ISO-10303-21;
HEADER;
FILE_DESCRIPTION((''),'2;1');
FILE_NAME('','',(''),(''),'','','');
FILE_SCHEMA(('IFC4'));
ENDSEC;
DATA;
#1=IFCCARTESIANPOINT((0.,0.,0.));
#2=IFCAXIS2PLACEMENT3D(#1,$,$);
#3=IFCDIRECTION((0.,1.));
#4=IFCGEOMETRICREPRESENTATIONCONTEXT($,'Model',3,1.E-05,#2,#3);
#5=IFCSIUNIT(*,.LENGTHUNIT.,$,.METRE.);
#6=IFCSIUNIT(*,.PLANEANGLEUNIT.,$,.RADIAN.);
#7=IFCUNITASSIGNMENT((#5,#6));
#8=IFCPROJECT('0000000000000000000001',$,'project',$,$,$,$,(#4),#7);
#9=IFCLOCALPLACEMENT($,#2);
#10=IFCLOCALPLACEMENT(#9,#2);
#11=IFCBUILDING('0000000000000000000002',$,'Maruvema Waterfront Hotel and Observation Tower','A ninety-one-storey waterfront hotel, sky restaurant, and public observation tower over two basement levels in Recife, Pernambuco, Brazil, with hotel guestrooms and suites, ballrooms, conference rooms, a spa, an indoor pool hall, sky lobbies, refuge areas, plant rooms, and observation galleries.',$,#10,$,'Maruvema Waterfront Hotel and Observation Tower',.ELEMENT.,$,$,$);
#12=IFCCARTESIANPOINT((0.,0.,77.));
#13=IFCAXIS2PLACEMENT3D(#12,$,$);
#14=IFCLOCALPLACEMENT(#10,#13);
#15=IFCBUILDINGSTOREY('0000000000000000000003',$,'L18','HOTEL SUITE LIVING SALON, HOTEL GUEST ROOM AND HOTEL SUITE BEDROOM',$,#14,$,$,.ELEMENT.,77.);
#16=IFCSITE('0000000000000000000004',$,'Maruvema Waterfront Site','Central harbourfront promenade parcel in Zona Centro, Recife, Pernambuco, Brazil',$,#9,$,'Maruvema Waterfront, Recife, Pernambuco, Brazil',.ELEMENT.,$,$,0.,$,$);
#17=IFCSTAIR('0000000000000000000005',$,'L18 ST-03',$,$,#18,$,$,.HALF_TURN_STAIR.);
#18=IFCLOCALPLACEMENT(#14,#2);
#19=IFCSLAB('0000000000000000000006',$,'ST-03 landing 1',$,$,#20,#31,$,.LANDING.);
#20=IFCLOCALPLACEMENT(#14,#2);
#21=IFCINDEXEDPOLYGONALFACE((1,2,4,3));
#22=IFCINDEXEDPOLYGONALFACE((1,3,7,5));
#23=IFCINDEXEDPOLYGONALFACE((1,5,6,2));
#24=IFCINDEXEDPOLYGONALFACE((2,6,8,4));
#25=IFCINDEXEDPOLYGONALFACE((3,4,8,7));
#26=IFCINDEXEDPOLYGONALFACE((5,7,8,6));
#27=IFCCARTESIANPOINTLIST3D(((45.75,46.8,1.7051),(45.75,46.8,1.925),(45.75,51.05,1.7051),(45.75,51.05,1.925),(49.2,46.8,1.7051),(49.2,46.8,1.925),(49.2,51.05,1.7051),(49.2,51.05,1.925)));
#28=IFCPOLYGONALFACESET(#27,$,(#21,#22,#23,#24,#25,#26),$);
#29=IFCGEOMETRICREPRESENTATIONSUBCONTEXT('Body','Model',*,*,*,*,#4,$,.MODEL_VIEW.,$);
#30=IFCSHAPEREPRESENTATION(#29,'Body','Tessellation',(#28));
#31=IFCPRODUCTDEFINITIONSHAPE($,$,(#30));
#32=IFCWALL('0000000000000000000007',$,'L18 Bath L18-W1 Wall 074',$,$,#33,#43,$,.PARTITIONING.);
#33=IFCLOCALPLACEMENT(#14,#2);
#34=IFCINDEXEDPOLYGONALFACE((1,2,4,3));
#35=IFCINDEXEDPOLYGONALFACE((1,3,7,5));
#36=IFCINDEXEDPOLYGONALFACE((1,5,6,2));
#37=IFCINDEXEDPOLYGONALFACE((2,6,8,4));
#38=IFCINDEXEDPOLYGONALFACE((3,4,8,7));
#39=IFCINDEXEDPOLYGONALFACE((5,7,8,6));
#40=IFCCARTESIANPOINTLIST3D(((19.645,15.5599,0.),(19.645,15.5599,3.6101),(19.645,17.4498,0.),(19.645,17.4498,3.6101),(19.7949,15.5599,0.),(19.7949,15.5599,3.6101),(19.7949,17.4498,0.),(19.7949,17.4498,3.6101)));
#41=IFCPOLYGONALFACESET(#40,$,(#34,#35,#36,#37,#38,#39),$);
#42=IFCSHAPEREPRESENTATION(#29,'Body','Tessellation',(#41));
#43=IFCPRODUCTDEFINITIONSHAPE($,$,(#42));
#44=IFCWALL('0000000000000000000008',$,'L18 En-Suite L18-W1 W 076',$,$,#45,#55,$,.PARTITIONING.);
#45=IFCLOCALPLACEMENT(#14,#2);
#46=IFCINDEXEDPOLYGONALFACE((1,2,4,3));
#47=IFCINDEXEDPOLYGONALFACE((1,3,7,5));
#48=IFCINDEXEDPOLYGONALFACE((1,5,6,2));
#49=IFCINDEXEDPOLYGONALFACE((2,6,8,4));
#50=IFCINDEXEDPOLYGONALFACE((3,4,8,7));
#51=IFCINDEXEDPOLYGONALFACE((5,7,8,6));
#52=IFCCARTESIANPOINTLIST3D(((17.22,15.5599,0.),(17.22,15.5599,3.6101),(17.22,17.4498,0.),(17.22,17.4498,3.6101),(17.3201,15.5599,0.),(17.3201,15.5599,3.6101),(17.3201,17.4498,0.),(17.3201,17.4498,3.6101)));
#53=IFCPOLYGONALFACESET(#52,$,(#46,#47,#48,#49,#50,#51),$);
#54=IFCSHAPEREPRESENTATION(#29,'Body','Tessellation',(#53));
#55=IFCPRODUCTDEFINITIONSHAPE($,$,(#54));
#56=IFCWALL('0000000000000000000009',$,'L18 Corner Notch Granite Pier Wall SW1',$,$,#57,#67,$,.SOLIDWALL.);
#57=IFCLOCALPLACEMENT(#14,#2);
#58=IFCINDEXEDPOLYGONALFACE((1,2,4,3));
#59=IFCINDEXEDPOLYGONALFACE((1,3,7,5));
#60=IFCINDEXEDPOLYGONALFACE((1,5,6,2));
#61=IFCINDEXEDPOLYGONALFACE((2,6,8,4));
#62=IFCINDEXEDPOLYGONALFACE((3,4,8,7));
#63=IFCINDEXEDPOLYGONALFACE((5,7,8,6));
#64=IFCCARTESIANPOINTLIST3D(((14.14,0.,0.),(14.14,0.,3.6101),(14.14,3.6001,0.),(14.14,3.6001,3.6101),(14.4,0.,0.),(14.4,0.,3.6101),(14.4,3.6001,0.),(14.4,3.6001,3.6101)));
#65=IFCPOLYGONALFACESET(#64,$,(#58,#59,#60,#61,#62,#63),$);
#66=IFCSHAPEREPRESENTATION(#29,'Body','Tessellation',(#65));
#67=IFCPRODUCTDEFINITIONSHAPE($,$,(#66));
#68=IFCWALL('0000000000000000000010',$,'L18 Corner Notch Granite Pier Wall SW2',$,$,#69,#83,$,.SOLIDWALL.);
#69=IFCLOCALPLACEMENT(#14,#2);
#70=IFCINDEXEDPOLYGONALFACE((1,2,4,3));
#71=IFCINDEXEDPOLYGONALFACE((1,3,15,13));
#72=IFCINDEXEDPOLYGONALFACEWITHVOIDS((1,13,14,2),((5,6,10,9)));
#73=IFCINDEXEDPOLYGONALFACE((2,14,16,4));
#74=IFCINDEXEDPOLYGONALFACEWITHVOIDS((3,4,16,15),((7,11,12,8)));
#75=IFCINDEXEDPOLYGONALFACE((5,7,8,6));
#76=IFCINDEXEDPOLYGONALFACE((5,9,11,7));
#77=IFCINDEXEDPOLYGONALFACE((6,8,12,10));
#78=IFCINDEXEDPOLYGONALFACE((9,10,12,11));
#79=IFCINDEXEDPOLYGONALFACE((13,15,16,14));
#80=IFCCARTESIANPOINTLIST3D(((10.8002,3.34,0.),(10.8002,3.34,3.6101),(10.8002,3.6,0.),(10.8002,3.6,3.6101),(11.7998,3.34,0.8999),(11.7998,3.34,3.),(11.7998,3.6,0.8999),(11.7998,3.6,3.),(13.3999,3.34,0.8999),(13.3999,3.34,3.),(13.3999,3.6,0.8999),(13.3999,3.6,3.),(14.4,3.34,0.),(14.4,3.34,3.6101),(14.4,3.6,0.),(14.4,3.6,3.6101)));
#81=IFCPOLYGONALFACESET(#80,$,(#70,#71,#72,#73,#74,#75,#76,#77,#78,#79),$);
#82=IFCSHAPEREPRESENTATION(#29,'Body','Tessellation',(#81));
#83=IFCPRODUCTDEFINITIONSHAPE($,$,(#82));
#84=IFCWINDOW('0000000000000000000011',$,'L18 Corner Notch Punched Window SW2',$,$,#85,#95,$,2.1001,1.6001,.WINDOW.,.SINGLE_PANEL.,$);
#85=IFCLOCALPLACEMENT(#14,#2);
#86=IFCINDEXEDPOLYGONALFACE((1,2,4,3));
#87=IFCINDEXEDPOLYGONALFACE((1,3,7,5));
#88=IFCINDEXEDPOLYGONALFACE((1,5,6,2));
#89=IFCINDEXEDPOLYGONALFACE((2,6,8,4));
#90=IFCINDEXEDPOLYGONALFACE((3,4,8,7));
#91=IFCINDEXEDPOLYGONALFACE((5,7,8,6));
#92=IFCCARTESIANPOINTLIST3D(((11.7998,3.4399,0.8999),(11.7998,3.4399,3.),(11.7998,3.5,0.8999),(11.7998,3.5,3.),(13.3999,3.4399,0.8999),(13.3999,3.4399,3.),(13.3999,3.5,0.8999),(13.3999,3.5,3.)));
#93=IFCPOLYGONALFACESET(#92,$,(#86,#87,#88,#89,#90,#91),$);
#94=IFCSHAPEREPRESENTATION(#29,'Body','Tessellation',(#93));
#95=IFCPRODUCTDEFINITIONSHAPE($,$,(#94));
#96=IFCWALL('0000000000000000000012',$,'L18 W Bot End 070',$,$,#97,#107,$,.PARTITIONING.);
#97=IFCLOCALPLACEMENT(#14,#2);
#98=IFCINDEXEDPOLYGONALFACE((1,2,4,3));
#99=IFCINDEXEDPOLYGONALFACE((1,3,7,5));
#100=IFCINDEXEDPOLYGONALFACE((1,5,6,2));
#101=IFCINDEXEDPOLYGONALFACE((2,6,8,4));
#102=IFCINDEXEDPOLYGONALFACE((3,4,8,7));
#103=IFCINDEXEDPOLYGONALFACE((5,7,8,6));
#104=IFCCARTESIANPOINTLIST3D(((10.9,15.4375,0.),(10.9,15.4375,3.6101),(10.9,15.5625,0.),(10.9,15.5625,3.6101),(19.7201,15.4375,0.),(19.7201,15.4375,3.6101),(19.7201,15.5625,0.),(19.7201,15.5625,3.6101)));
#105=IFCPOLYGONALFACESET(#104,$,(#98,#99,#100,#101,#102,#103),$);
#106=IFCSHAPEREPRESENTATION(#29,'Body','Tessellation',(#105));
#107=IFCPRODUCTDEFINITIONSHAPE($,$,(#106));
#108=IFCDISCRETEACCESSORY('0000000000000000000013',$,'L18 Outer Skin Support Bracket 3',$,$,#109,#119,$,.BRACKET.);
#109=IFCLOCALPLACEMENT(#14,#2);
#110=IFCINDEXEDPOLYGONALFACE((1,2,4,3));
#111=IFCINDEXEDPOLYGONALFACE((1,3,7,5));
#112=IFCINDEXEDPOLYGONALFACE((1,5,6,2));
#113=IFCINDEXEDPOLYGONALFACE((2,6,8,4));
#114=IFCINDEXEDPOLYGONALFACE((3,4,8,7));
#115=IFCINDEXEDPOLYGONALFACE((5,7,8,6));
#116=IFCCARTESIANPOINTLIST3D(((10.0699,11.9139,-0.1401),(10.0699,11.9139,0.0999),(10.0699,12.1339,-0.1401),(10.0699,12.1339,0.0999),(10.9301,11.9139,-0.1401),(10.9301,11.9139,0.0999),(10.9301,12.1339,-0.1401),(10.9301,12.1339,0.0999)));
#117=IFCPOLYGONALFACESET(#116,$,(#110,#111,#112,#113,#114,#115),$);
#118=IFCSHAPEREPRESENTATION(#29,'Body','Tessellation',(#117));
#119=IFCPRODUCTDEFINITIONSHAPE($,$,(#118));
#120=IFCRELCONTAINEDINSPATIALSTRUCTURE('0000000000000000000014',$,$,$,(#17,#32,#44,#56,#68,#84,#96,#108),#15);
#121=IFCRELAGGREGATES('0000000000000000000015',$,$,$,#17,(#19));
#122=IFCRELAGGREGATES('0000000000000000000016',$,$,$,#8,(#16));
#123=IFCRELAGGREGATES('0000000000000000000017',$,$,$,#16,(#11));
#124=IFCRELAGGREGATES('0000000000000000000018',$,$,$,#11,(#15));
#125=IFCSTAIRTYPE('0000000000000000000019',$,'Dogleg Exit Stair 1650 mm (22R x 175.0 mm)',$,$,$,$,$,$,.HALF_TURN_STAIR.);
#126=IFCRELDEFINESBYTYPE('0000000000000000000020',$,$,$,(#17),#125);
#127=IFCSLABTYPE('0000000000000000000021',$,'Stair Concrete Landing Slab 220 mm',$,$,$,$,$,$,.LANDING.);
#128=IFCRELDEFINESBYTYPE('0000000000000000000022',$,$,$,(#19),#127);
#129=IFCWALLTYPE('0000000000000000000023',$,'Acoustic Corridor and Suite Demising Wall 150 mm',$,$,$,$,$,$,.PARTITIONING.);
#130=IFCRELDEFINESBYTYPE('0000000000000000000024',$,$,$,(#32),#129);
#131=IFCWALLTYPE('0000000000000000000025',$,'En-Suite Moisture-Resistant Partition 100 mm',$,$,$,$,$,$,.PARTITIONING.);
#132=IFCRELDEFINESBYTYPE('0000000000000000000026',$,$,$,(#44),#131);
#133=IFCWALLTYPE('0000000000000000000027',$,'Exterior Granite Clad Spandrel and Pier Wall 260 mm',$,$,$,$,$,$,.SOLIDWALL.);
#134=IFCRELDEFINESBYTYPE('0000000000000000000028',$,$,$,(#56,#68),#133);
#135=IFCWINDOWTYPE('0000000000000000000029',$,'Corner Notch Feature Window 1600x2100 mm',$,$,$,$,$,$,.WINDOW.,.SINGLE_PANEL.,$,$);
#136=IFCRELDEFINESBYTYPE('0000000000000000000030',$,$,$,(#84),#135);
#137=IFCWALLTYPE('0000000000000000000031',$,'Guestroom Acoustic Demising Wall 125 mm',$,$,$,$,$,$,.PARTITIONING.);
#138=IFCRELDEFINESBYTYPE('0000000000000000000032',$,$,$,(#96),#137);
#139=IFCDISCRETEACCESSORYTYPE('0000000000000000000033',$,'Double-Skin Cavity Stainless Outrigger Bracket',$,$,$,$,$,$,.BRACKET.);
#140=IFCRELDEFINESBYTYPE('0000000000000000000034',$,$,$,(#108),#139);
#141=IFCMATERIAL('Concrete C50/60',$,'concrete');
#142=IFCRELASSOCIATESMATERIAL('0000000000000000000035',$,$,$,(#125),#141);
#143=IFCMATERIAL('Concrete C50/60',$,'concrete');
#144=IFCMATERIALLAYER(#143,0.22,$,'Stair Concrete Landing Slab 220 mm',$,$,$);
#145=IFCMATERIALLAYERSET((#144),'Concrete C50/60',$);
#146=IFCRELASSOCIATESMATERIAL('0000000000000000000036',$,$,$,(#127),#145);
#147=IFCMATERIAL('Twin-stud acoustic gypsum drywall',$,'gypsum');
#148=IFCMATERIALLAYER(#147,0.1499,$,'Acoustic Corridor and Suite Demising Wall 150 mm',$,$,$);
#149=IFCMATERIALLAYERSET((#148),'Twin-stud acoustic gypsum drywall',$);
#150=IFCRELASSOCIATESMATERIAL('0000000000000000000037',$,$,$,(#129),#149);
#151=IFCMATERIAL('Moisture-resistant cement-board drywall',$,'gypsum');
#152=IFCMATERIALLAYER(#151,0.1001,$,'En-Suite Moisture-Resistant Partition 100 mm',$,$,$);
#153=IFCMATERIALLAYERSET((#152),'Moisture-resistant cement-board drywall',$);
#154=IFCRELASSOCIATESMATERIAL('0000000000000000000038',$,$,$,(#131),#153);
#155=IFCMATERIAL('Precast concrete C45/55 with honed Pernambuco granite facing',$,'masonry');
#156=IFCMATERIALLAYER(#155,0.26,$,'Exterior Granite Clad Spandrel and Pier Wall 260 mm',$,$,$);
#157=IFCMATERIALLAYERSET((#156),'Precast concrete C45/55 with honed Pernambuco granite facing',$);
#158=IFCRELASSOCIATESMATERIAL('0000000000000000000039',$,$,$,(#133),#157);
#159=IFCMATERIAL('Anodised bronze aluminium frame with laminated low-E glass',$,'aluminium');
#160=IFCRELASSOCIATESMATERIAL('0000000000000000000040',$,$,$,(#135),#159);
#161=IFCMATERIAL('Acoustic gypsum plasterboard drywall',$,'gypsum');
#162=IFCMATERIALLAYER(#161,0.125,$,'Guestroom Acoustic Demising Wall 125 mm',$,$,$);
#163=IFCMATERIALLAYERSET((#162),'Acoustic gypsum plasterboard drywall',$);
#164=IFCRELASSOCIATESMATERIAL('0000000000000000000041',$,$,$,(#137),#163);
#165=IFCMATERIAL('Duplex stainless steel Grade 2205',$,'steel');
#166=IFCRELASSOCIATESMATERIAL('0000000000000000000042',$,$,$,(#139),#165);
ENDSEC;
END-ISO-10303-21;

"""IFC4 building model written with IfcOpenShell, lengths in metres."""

from ifc_helpers import new_model, si_unit, direction, frame, frame_2d, origin, origin_2d, place, context, subcontext, project, spatial, polyline, rectangle, outline, extrude, material, layer, layer_set, type_object, element, fill, aggregate, save


model = new_model("IFC4")

# Units and contexts
model_context = context("Model", 3, precision=1e-05, world=origin(), true_north=direction((0.0, 1.0)))
body_context = subcontext(model_context, "Body", "Model", "MODEL_VIEW")
ifc_project = project(units=[si_unit("LENGTHUNIT", "METRE"), si_unit("PLANEANGLEUNIT", "RADIAN")], contexts=[model_context])

# Site, building, storey
site_placement = place(None, origin())
site = spatial("IfcSite", under=ifc_project, at=site_placement, Name="Maruvema Waterfront Site", Description="Central harbourfront promenade parcel in Zona Centro, Recife, Pernambuco, Brazil", LongName="Maruvema Waterfront, Recife, Pernambuco, Brazil", CompositionType="ELEMENT", RefElevation=0.0)
building_placement = place(site_placement, origin())
building = spatial("IfcBuilding", under=site, at=building_placement, Name="Maruvema Waterfront Hotel and Observation Tower", Description="A ninety-one-storey waterfront hotel, sky restaurant, and public observation tower over two basement levels in Recife, Pernambuco, Brazil, with hotel guestrooms and suites, ballrooms, conference rooms, a spa, an indoor pool hall, sky lobbies, refuge areas, plant rooms, and observation galleries.", LongName="Maruvema Waterfront Hotel and Observation Tower", CompositionType="ELEMENT")
storey_placement = place(building_placement, frame((0.0, 0.0, 77.0)))
storey = spatial("IfcBuildingStorey", under=building, at=storey_placement, Name="L18", Description="HOTEL SUITE LIVING SALON, HOTEL GUEST ROOM AND HOTEL SUITE BEDROOM", CompositionType="ELEMENT", Elevation=77.0)

# Stair, slab
ifc_material_1 = material(Name="Concrete C50/60", Category="concrete")
stair_type = type_object("IfcStairType", Name="Dogleg Exit Stair 1650 mm (22R x 175.0 mm)", PredefinedType="HALF_TURN_STAIR", material=ifc_material_1)
ifc_material_2 = material(Name="Concrete C50/60", Category="concrete")
ifc_layer_1 = layer(ifc_material_2, 0.22, Name="Stair Concrete Landing Slab 220 mm")
ifc_layer_set_1 = layer_set([ifc_layer_1], Name="Concrete C50/60")
slab_type_1 = type_object("IfcSlabType", Name="Stair Concrete Landing Slab 220 mm", PredefinedType="LANDING", material=ifc_layer_set_1)
stair_1_placement = place(storey_placement, origin())
stair_1 = element("IfcStair", 1, at=stair_1_placement, inside=storey, type_object=stair_type, Name="L18 ST-03", PredefinedType="HALF_TURN_STAIR")
slab_1_placement = place(storey_placement, frame((0.0, 0.0, 1.7051)))
slab_1 = element("IfcSlab", 2, at=slab_1_placement, type_object=slab_type_1, Name="ST-03 landing 1", PredefinedType="LANDING", context=body_context, shape_type="SweptSolid", body=[
    extrude(outline(polyline([(49.2, 46.8), (49.2, 51.05), (45.75, 51.05), (45.75, 46.8), (49.2, 46.8)])), origin(), (0.0, 0.0, 1.0), 0.22),
])
aggregate(stair_1, [slab_1])

# Walls
ifc_material_3 = material(Name="Twin-stud acoustic gypsum drywall", Category="gypsum")
ifc_layer_2 = layer(ifc_material_3, 0.1499, Name="Acoustic Corridor and Suite Demising Wall 150 mm")
ifc_layer_set_2 = layer_set([ifc_layer_2], Name="Twin-stud acoustic gypsum drywall")
wall_type_1 = type_object("IfcWallType", Name="Acoustic Corridor and Suite Demising Wall 150 mm", PredefinedType="PARTITIONING", material=ifc_layer_set_2)
wall_1_placement = place(storey_placement, frame((19.72, 15.5601, 0.0), z_axis=(0.0, 0.0, 1.0), x_axis=(0.0, 1.0, 0.0)))
element("IfcWall", 3, at=wall_1_placement, inside=storey, type_object=wall_type_1, Name="L18 Bath L18-W1 Wall 074", PredefinedType="PARTITIONING", context=body_context, shape_type="SweptSolid", body=[
    extrude(rectangle(XDim=1.8899, YDim=0.1499, at=frame_2d((0.9448, 0.0))), origin(), (0.0, 0.0, 1.0), 3.6101),
])
ifc_material_4 = material(Name="Moisture-resistant cement-board drywall", Category="gypsum")
ifc_layer_3 = layer(ifc_material_4, 0.1001, Name="En-Suite Moisture-Resistant Partition 100 mm")
ifc_layer_set_3 = layer_set([ifc_layer_3], Name="Moisture-resistant cement-board drywall")
wall_type_2 = type_object("IfcWallType", Name="En-Suite Moisture-Resistant Partition 100 mm", PredefinedType="PARTITIONING", material=ifc_layer_set_3)
wall_2_placement = place(storey_placement, frame((17.27, 15.5601, 0.0), z_axis=(0.0, 0.0, 1.0), x_axis=(0.0, 1.0, 0.0)))
element("IfcWall", 4, at=wall_2_placement, inside=storey, type_object=wall_type_2, Name="L18 En-Suite L18-W1 W 076", PredefinedType="PARTITIONING", context=body_context, shape_type="SweptSolid", body=[
    extrude(rectangle(XDim=1.8899, YDim=0.1001, at=frame_2d((0.9448, 0.0))), origin(), (0.0, 0.0, 1.0), 3.6101),
])
ifc_material_5 = material(Name="Precast concrete C45/55 with honed Pernambuco granite facing", Category="masonry")
ifc_layer_4 = layer(ifc_material_5, 0.26, Name="Exterior Granite Clad Spandrel and Pier Wall 260 mm")
ifc_layer_set_4 = layer_set([ifc_layer_4], Name="Precast concrete C45/55 with honed Pernambuco granite facing")
wall_type_3 = type_object("IfcWallType", Name="Exterior Granite Clad Spandrel and Pier Wall 260 mm", PredefinedType="SOLIDWALL", material=ifc_layer_set_4)
wall_3_placement = place(storey_placement, frame((14.27, 0.0, 0.0), z_axis=(0.0, 0.0, 1.0), x_axis=(0.0, 1.0, 0.0)))
element("IfcWall", 5, at=wall_3_placement, inside=storey, type_object=wall_type_3, Name="L18 Corner Notch Granite Pier Wall SW1", PredefinedType="SOLIDWALL", context=body_context, shape_type="SweptSolid", body=[
    extrude(rectangle(XDim=3.6001, YDim=0.26, at=frame_2d((1.8, 0.0))), origin(), (0.0, 0.0, 1.0), 3.6101),
])

# Wall, opening, window
wall_4_placement = place(storey_placement, frame((14.3999, 3.47, 0.0), z_axis=(0.0, 0.0, 1.0), x_axis=(-1.0, 0.0, 0.0)))
wall_4 = element("IfcWall", 6, at=wall_4_placement, inside=storey, type_object=wall_type_3, Name="L18 Corner Notch Granite Pier Wall SW2", PredefinedType="SOLIDWALL", context=body_context, shape_type="SweptSolid", body=[
    extrude(rectangle(XDim=3.5999, YDim=0.26, at=frame_2d((1.7998, 0.0))), origin(), (0.0, 0.0, 1.0), 3.6101),
])
opening_placement = place(wall_4_placement, frame((1.0, 0.0, 0.8999)))
opening = element("IfcOpeningElement", 7, at=opening_placement, cuts=wall_4, PredefinedType="OPENING", context=body_context, shape_type="SweptSolid", body=[
    extrude(rectangle(XDim=1.6001, YDim=2.1001, at=frame_2d((0.8, 1.05))), frame((0.0, 0.1401, 0.0), z_axis=(0.0, -1.0, 0.0), x_axis=(1.0, 0.0, 0.0)), (0.0, 0.0, 1.0), 0.28),
])
ifc_material_6 = material(Name="Anodised bronze aluminium frame with laminated low-E glass", Category="aluminium")
window_type = type_object("IfcWindowType", Name="Corner Notch Feature Window 1600x2100 mm", PartitioningType="SINGLE_PANEL", PredefinedType="WINDOW", material=ifc_material_6)
window_placement = place(opening_placement, origin())
window = element("IfcWindow", 8, at=window_placement, inside=storey, type_object=window_type, Name="L18 Corner Notch Punched Window SW2", OverallHeight=2.1001, OverallWidth=1.6001, PartitioningType="SINGLE_PANEL", PredefinedType="WINDOW", context=body_context, shape_type="SweptSolid", body=[
    extrude(rectangle(XDim=1.6001, YDim=2.1001, at=frame_2d((0.8, 1.05))), frame((0.0, 0.03, 0.0), z_axis=(0.0, -1.0, 0.0), x_axis=(1.0, 0.0, 0.0)), (0.0, 0.0, 1.0), 0.0601),
])
fill(opening, window)

# Wall
ifc_material_7 = material(Name="Acoustic gypsum plasterboard drywall", Category="gypsum")
ifc_layer_5 = layer(ifc_material_7, 0.125, Name="Guestroom Acoustic Demising Wall 125 mm")
ifc_layer_set_5 = layer_set([ifc_layer_5], Name="Acoustic gypsum plasterboard drywall")
wall_type_4 = type_object("IfcWallType", Name="Guestroom Acoustic Demising Wall 125 mm", PredefinedType="PARTITIONING", material=ifc_layer_set_5)
wall_5_placement = place(storey_placement, frame((10.8999, 15.5, 0.0), z_axis=(0.0, 0.0, 1.0), x_axis=(1.0, 0.0, 0.0)))
element("IfcWall", 9, at=wall_5_placement, inside=storey, type_object=wall_type_4, Name="L18 W Bot End 070", PredefinedType="PARTITIONING", context=body_context, shape_type="SweptSolid", body=[
    extrude(rectangle(XDim=8.8201, YDim=0.125, at=frame_2d((4.4102, 0.0))), origin(), (0.0, 0.0, 1.0), 3.6101),
])

# Discrete accessory
ifc_material_8 = material(Name="Duplex stainless steel Grade 2205", Category="steel")
discrete_accessory_type = type_object("IfcDiscreteAccessoryType", Name="Double-Skin Cavity Stainless Outrigger Bracket", PredefinedType="BRACKET", material=ifc_material_8)
discrete_accessory_placement = place(storey_placement, frame((10.5, 12.0239, -0.1401), z_axis=(0.0, 0.0, 1.0), x_axis=(0.0, -1.0, 0.0)))
element("IfcDiscreteAccessory", 10, at=discrete_accessory_placement, inside=storey, type_object=discrete_accessory_type, Name="L18 Outer Skin Support Bracket 3", PredefinedType="BRACKET", context=body_context, shape_type="SweptSolid", body=[
    extrude(rectangle(XDim=0.22, YDim=0.8601, at=origin_2d()), origin(), (0.0, 0.0, 1.0), 0.24),
])

save(model, "model.ifc")
